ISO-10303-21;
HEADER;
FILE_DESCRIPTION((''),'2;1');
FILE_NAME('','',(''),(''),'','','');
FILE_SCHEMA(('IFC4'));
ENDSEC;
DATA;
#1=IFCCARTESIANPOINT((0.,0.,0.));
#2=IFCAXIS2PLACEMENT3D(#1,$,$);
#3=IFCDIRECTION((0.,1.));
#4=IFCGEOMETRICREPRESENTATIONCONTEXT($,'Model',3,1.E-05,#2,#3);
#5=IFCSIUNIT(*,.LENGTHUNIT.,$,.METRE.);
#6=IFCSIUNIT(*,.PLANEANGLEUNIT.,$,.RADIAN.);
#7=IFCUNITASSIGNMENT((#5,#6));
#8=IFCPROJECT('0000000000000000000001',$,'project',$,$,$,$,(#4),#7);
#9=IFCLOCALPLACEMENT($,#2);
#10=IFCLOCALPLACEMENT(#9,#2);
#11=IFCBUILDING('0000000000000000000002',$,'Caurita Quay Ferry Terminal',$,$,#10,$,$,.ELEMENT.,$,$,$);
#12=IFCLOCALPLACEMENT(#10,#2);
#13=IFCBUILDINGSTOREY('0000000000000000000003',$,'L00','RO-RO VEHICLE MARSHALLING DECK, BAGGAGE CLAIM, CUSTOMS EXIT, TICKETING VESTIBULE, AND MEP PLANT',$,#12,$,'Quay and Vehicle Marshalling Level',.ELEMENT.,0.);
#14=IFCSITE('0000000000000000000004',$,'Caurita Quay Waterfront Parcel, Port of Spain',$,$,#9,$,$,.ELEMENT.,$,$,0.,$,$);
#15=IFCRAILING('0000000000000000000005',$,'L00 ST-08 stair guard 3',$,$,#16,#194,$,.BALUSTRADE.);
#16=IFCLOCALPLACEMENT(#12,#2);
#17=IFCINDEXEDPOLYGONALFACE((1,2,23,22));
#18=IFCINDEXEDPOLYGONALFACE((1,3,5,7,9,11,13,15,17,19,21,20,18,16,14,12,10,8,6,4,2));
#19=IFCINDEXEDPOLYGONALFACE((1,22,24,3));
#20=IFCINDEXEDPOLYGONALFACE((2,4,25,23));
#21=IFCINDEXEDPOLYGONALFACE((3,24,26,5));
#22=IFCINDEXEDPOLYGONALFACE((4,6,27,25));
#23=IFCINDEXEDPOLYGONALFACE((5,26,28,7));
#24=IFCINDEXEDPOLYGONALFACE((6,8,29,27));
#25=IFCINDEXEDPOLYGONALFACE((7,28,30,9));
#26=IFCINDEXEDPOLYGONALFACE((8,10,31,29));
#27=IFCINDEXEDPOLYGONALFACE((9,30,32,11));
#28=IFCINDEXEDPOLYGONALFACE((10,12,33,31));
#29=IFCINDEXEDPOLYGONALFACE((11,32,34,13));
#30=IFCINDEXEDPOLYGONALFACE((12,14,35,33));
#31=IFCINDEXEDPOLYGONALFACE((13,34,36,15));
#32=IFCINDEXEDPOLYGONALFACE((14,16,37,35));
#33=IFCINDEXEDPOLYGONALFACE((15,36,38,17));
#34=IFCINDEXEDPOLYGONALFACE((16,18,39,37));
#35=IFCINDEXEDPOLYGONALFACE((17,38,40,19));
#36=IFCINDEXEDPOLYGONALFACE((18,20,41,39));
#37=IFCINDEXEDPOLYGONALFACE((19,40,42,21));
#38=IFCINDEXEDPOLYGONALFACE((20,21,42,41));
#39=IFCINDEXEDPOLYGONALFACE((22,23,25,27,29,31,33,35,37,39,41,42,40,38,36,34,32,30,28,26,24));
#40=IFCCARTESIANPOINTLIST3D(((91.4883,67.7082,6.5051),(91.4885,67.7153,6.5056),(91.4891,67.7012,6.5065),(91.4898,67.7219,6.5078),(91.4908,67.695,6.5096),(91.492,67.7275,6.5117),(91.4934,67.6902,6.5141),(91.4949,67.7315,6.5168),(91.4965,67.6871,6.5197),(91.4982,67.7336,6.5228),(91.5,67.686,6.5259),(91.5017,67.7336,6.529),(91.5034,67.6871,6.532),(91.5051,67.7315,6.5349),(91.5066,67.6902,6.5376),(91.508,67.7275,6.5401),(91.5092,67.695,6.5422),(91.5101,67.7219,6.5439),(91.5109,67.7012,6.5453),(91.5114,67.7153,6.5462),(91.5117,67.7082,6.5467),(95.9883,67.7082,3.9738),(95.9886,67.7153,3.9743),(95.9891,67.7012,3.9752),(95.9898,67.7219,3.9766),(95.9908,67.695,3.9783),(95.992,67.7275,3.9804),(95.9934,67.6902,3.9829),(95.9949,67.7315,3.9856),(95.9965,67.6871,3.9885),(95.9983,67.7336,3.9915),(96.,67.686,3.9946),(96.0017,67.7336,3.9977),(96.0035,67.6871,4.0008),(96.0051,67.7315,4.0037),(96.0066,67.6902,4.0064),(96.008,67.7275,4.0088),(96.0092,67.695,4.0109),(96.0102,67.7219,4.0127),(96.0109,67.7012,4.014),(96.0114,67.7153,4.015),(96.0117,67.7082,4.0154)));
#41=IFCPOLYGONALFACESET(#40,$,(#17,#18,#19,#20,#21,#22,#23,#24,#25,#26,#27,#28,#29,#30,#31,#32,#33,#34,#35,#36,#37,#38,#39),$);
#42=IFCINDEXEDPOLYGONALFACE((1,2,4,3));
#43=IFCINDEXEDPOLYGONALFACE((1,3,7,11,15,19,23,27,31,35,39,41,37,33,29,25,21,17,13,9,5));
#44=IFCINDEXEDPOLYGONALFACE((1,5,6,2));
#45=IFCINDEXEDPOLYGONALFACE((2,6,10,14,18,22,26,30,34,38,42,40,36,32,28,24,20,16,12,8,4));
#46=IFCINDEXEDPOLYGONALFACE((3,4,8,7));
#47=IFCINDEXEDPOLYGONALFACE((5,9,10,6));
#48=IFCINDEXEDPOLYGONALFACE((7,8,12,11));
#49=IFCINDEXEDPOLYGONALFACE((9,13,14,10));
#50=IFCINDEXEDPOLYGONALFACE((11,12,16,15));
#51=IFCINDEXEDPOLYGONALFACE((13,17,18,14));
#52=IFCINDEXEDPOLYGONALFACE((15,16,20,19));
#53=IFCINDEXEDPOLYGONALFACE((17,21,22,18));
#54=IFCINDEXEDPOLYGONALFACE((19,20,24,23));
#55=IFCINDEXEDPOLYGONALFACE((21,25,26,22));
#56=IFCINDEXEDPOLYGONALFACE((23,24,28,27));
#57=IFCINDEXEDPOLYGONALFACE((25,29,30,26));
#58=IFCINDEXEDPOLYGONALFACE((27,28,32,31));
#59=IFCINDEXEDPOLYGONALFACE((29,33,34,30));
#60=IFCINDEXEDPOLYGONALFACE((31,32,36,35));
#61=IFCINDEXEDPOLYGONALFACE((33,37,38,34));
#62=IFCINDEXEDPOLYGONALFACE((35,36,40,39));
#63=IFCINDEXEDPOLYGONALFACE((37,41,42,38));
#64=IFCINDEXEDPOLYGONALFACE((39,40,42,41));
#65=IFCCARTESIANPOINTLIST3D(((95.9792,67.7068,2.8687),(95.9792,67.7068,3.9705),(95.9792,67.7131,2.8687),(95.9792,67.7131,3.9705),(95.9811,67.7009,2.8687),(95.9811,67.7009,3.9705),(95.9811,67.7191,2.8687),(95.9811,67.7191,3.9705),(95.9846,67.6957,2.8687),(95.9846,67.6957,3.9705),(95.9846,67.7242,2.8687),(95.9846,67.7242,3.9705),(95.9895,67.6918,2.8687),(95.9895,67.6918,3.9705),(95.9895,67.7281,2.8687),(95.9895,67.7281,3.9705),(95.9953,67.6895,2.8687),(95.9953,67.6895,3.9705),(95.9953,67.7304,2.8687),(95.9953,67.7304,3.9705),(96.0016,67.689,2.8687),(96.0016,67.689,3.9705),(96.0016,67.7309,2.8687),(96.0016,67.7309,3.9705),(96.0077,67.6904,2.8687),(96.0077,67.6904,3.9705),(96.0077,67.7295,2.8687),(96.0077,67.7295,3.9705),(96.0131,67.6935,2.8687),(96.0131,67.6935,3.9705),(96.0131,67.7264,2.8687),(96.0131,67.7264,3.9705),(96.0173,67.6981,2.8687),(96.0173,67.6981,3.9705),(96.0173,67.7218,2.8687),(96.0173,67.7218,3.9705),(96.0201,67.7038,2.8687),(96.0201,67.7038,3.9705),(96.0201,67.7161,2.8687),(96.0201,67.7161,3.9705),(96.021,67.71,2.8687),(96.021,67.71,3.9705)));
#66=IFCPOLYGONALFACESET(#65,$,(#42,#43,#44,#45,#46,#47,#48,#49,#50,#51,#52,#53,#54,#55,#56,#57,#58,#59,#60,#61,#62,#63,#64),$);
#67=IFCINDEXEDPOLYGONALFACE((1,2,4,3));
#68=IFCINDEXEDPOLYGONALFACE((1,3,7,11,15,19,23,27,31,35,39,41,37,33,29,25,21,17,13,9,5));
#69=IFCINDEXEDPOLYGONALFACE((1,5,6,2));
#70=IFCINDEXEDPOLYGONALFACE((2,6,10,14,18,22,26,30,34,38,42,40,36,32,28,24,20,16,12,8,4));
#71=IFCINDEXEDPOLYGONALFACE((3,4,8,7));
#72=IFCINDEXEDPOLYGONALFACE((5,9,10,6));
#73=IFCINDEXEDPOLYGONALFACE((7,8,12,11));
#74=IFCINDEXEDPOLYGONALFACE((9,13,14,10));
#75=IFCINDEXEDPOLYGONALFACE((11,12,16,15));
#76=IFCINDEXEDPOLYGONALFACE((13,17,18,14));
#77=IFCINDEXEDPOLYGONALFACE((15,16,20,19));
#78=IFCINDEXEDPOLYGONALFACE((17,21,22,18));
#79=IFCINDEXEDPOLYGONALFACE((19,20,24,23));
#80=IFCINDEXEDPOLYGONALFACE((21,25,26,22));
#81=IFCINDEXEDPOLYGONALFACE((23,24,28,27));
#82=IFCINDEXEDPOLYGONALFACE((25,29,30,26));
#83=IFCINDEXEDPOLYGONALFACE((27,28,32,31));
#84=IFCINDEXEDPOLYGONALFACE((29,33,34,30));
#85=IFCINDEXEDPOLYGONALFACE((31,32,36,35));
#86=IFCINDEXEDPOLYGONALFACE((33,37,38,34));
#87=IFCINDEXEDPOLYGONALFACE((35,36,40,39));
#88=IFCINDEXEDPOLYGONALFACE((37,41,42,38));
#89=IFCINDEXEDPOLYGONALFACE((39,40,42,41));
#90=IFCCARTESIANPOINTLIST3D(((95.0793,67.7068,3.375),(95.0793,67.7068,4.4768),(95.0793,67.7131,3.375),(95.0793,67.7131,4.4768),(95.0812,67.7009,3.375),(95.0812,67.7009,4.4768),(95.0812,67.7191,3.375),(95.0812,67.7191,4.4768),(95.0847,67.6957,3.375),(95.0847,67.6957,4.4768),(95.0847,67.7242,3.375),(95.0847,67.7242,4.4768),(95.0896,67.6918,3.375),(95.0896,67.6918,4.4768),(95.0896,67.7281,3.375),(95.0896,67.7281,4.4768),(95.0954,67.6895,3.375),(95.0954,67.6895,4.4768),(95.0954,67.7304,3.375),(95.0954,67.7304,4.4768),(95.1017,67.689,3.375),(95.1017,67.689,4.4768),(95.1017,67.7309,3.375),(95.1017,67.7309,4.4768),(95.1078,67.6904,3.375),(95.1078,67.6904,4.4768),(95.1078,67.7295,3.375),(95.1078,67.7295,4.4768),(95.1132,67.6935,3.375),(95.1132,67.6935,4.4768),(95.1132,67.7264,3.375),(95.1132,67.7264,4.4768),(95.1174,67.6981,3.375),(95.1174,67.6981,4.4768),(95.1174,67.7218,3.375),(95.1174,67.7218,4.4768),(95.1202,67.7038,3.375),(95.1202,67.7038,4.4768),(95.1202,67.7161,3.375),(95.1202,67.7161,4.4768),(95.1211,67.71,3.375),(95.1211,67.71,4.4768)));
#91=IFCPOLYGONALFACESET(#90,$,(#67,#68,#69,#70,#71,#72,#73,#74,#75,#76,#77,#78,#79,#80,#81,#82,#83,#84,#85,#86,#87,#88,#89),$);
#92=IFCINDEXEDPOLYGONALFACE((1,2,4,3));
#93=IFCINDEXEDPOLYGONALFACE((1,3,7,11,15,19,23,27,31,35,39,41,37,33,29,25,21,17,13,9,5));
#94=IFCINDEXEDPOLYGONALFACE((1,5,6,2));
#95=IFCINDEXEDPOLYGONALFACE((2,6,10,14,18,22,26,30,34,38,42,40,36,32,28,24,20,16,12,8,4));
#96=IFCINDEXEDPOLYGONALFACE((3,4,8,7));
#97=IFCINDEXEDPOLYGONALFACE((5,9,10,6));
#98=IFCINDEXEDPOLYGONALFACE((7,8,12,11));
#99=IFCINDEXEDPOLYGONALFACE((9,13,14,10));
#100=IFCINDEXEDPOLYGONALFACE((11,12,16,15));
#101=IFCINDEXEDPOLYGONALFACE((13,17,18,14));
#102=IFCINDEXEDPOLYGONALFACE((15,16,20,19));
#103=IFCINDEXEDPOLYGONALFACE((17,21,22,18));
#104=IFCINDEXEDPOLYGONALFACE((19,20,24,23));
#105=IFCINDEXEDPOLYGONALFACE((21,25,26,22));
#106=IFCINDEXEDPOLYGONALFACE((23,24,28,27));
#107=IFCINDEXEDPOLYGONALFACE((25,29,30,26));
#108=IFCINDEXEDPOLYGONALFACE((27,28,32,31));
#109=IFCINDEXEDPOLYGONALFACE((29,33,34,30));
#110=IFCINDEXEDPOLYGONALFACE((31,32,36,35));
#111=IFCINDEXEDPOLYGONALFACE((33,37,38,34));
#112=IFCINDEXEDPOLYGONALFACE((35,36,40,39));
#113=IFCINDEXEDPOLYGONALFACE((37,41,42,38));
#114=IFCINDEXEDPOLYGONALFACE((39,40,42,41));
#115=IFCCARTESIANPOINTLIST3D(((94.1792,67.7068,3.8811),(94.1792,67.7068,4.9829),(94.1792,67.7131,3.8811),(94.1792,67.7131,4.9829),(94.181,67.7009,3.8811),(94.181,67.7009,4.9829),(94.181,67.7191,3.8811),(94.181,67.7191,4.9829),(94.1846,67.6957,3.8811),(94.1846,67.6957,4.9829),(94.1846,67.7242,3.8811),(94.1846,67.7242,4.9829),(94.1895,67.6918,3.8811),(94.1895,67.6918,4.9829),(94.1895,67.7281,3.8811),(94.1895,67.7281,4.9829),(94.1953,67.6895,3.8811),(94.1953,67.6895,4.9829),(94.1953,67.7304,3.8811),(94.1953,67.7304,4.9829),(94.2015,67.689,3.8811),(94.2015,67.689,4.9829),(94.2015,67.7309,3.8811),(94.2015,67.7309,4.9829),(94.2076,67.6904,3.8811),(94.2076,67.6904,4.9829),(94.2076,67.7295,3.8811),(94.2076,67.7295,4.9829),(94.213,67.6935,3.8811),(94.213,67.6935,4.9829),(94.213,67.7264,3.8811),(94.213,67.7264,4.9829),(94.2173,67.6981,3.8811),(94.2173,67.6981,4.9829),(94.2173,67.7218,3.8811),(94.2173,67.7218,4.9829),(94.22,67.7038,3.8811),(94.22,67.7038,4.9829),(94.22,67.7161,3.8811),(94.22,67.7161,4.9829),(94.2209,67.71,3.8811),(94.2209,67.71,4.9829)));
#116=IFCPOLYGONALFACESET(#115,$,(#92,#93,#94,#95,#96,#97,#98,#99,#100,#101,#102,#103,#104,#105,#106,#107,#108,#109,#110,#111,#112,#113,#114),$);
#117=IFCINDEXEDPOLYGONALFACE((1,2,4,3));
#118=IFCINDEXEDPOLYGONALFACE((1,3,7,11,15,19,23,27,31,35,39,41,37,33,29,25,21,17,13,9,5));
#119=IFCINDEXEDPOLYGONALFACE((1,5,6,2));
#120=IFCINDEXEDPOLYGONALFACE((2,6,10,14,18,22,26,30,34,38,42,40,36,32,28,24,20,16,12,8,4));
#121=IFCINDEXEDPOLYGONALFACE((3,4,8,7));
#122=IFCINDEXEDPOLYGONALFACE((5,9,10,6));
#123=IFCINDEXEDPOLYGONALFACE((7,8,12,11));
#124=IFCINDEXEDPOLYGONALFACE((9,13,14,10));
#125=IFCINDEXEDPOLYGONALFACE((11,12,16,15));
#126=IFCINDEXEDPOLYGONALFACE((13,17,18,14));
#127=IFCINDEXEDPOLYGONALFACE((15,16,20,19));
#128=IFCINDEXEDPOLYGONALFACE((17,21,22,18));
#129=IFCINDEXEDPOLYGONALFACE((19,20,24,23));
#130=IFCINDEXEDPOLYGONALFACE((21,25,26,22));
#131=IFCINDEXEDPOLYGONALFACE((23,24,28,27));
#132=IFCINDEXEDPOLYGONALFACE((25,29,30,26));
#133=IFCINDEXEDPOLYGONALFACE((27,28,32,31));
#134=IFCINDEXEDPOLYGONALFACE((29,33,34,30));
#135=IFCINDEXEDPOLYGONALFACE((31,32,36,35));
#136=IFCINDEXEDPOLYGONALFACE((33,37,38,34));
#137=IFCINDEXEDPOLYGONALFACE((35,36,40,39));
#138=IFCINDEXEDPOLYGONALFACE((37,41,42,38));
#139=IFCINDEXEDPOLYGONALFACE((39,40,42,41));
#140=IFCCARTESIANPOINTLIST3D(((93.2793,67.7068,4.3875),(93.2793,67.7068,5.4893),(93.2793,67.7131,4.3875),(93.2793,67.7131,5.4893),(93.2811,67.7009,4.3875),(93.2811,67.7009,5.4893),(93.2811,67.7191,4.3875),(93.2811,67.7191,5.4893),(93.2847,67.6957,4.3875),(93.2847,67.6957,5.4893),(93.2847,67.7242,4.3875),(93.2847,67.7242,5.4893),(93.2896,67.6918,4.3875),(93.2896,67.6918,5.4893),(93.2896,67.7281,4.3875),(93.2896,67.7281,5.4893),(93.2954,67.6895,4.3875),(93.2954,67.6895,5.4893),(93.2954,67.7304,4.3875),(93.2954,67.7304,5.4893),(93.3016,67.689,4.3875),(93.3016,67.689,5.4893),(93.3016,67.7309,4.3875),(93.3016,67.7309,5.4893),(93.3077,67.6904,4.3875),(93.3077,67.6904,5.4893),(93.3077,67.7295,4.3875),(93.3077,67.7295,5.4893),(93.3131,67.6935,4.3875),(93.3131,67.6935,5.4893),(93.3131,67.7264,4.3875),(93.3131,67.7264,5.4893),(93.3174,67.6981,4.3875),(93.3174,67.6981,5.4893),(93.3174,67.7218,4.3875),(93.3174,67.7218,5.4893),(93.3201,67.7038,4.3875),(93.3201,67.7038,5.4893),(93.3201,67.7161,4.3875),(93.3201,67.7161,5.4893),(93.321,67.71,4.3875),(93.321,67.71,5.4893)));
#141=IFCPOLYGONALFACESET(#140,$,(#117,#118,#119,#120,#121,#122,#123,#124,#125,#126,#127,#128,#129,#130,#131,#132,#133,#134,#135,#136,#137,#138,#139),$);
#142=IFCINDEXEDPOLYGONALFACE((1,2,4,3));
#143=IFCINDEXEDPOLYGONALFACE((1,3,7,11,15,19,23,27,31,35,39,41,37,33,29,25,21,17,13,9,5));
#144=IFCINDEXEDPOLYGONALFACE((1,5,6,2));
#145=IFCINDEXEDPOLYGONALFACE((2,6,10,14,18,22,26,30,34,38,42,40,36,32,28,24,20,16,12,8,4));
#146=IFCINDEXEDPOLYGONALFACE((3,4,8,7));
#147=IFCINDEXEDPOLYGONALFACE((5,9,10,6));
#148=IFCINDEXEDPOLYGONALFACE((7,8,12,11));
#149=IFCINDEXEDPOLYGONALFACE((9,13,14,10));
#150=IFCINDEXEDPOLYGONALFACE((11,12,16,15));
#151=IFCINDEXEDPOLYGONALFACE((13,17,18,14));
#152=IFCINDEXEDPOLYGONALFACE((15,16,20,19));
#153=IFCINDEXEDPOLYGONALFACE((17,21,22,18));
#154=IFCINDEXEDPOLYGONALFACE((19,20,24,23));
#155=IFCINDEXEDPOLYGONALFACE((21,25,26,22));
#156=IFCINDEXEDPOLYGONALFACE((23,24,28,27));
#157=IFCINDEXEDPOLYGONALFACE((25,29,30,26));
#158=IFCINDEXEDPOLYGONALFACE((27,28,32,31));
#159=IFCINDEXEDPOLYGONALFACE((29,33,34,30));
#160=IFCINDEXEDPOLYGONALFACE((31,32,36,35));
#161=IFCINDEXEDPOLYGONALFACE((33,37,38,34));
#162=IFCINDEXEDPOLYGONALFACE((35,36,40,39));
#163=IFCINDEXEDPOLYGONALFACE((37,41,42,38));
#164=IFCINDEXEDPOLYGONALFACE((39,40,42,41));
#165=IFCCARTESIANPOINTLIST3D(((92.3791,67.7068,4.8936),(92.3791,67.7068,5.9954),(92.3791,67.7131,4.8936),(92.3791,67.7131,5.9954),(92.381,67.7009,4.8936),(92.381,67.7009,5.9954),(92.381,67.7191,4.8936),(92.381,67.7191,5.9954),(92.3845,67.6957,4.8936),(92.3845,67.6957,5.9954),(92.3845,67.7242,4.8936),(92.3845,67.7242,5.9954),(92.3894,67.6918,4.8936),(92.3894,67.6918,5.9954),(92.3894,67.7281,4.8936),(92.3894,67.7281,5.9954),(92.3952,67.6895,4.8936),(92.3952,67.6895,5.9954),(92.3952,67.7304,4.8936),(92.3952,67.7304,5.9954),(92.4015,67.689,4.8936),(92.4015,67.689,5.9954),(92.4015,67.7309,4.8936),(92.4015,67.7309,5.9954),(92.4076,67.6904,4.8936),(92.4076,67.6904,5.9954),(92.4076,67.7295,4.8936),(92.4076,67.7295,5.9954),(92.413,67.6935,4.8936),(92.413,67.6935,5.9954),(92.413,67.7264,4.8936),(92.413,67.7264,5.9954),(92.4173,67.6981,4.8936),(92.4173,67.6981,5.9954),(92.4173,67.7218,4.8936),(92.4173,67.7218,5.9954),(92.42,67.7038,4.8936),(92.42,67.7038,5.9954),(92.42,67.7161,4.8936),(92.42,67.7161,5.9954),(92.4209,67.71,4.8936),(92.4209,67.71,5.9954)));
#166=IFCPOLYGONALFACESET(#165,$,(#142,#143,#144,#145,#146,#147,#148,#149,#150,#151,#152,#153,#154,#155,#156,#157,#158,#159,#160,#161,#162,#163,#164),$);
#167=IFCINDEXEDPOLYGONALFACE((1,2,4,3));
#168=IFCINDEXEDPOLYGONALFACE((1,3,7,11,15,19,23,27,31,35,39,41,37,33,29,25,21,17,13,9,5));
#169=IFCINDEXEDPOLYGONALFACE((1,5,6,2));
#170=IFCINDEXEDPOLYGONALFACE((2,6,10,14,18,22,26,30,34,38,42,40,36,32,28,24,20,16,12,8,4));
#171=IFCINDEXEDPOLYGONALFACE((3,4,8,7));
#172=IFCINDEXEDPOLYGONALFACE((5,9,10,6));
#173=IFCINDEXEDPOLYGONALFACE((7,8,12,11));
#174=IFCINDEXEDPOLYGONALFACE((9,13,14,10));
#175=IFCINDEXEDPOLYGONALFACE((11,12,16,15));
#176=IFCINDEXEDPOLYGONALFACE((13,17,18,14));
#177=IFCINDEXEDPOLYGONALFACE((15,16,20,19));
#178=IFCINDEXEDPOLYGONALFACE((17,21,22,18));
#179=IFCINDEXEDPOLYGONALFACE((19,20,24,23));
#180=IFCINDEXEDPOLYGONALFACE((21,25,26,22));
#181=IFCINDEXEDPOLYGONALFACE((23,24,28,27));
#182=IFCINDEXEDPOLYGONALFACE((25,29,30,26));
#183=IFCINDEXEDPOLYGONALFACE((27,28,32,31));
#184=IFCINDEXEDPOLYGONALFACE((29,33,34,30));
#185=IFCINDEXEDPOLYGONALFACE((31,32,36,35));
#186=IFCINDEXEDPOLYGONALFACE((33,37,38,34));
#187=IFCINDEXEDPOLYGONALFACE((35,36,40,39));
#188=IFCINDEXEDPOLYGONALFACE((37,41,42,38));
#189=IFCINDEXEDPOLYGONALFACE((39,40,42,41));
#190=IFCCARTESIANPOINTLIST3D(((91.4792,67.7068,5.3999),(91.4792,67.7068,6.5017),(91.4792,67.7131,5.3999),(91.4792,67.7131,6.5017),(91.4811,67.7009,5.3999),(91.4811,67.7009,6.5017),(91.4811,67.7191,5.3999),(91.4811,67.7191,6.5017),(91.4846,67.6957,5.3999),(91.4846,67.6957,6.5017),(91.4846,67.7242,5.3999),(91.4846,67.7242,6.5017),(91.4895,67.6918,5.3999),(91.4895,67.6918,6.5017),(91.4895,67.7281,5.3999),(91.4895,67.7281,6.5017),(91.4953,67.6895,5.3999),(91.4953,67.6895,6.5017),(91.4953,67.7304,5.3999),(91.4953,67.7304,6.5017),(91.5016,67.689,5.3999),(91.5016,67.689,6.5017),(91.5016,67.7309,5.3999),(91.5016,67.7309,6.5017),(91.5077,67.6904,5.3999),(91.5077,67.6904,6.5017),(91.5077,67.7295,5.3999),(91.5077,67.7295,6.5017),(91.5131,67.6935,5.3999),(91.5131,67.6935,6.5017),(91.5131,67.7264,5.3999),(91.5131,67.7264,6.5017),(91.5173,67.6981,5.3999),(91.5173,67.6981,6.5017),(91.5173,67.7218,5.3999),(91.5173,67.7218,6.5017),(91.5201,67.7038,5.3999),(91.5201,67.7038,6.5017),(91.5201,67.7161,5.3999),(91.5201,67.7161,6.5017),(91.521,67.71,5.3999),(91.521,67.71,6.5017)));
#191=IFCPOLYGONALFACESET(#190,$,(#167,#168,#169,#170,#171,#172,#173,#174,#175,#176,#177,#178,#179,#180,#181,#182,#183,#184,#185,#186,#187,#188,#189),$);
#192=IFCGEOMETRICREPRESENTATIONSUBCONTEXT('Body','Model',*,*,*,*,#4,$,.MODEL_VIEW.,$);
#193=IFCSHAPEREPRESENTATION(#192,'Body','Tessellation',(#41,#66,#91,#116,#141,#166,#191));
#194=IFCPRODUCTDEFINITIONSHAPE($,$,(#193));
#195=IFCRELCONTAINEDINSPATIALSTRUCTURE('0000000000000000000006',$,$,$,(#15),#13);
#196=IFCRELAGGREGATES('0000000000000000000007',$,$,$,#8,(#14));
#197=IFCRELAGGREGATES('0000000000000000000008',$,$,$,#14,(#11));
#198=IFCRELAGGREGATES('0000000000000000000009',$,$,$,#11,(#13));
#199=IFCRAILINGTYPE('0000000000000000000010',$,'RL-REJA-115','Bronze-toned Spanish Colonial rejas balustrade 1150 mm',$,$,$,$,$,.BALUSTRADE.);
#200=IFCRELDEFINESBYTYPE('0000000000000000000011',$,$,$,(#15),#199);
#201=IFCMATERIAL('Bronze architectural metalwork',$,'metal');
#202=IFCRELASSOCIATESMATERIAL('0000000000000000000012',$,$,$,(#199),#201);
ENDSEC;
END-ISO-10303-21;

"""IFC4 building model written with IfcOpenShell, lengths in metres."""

from ifc_helpers import new_model, si_unit, direction, frame, origin, origin_2d, place, context, subcontext, project, spatial, circle, extrude, material, type_object, element, save


model = new_model("IFC4")

# Units and contexts
model_context = context("Model", 3, precision=1e-05, world=origin(), true_north=direction((0.0, 1.0)))
body_context = subcontext(model_context, "Body", "Model", "MODEL_VIEW")
ifc_project = project(units=[si_unit("LENGTHUNIT", "METRE"), si_unit("PLANEANGLEUNIT", "RADIAN")], contexts=[model_context])

# Site, building, storey
site_placement = place(None, origin())
site = spatial("IfcSite", under=ifc_project, at=site_placement, Name="Caurita Quay Waterfront Parcel, Port of Spain", CompositionType="ELEMENT", RefElevation=0.0)
building_placement = place(site_placement, origin())
building = spatial("IfcBuilding", under=site, at=building_placement, Name="Caurita Quay Ferry Terminal", CompositionType="ELEMENT")
storey_placement = place(building_placement, origin())
storey = spatial("IfcBuildingStorey", under=building, at=storey_placement, Name="L00", Description="RO-RO VEHICLE MARSHALLING DECK, BAGGAGE CLAIM, CUSTOMS EXIT, TICKETING VESTIBULE, AND MEP PLANT", LongName="Quay and Vehicle Marshalling Level", CompositionType="ELEMENT", Elevation=0.0)

# Railing
ifc_material_1 = material(Name="Bronze architectural metalwork", Category="metal")
railing_type_1 = type_object("IfcRailingType", Name="RL-REJA-115", Description="Bronze-toned Spanish Colonial rejas balustrade 1150 mm", PredefinedType="BALUSTRADE", material=ifc_material_1)
railing_1_placement = place(storey_placement, frame((96.0, 67.71, 2.8687)))
element("IfcRailing", 1, at=railing_1_placement, inside=storey, type_object=railing_type_1, Name="L00 ST-08 stair guard 3", PredefinedType="BALUSTRADE", context=body_context, shape_type="SweptSolid", body=[
    extrude(circle(Radius=0.0239, at=origin_2d()), frame((0.0, 0.0, 1.126), z_axis=(-0.871576, 0.0, 0.490261), x_axis=(0.0, -1.0, 0.0)), (0.0, 0.0, 1.0), 5.1631),
    extrude(circle(Radius=0.021, at=origin_2d()), origin(), (0.0, 0.0, 1.0), 1.1018),
    extrude(circle(Radius=0.021, at=origin_2d()), frame((-0.8999, 0.0, 0.5063)), (0.0, 0.0, 1.0), 1.1018),
    extrude(circle(Radius=0.021, at=origin_2d()), frame((-1.8, 0.0, 1.0125)), (0.0, 0.0, 1.0), 1.1018),
    extrude(circle(Radius=0.021, at=origin_2d()), frame((-2.7, 0.0, 1.5188)), (0.0, 0.0, 1.0), 1.1018),
    extrude(circle(Radius=0.021, at=origin_2d()), frame((-3.6001, 0.0, 2.0249)), (0.0, 0.0, 1.0), 1.1018),
    extrude(circle(Radius=0.021, at=origin_2d()), frame((-4.5, 0.0, 2.5312)), (0.0, 0.0, 1.0), 1.1018),
])

save(model, "model.ifc")
